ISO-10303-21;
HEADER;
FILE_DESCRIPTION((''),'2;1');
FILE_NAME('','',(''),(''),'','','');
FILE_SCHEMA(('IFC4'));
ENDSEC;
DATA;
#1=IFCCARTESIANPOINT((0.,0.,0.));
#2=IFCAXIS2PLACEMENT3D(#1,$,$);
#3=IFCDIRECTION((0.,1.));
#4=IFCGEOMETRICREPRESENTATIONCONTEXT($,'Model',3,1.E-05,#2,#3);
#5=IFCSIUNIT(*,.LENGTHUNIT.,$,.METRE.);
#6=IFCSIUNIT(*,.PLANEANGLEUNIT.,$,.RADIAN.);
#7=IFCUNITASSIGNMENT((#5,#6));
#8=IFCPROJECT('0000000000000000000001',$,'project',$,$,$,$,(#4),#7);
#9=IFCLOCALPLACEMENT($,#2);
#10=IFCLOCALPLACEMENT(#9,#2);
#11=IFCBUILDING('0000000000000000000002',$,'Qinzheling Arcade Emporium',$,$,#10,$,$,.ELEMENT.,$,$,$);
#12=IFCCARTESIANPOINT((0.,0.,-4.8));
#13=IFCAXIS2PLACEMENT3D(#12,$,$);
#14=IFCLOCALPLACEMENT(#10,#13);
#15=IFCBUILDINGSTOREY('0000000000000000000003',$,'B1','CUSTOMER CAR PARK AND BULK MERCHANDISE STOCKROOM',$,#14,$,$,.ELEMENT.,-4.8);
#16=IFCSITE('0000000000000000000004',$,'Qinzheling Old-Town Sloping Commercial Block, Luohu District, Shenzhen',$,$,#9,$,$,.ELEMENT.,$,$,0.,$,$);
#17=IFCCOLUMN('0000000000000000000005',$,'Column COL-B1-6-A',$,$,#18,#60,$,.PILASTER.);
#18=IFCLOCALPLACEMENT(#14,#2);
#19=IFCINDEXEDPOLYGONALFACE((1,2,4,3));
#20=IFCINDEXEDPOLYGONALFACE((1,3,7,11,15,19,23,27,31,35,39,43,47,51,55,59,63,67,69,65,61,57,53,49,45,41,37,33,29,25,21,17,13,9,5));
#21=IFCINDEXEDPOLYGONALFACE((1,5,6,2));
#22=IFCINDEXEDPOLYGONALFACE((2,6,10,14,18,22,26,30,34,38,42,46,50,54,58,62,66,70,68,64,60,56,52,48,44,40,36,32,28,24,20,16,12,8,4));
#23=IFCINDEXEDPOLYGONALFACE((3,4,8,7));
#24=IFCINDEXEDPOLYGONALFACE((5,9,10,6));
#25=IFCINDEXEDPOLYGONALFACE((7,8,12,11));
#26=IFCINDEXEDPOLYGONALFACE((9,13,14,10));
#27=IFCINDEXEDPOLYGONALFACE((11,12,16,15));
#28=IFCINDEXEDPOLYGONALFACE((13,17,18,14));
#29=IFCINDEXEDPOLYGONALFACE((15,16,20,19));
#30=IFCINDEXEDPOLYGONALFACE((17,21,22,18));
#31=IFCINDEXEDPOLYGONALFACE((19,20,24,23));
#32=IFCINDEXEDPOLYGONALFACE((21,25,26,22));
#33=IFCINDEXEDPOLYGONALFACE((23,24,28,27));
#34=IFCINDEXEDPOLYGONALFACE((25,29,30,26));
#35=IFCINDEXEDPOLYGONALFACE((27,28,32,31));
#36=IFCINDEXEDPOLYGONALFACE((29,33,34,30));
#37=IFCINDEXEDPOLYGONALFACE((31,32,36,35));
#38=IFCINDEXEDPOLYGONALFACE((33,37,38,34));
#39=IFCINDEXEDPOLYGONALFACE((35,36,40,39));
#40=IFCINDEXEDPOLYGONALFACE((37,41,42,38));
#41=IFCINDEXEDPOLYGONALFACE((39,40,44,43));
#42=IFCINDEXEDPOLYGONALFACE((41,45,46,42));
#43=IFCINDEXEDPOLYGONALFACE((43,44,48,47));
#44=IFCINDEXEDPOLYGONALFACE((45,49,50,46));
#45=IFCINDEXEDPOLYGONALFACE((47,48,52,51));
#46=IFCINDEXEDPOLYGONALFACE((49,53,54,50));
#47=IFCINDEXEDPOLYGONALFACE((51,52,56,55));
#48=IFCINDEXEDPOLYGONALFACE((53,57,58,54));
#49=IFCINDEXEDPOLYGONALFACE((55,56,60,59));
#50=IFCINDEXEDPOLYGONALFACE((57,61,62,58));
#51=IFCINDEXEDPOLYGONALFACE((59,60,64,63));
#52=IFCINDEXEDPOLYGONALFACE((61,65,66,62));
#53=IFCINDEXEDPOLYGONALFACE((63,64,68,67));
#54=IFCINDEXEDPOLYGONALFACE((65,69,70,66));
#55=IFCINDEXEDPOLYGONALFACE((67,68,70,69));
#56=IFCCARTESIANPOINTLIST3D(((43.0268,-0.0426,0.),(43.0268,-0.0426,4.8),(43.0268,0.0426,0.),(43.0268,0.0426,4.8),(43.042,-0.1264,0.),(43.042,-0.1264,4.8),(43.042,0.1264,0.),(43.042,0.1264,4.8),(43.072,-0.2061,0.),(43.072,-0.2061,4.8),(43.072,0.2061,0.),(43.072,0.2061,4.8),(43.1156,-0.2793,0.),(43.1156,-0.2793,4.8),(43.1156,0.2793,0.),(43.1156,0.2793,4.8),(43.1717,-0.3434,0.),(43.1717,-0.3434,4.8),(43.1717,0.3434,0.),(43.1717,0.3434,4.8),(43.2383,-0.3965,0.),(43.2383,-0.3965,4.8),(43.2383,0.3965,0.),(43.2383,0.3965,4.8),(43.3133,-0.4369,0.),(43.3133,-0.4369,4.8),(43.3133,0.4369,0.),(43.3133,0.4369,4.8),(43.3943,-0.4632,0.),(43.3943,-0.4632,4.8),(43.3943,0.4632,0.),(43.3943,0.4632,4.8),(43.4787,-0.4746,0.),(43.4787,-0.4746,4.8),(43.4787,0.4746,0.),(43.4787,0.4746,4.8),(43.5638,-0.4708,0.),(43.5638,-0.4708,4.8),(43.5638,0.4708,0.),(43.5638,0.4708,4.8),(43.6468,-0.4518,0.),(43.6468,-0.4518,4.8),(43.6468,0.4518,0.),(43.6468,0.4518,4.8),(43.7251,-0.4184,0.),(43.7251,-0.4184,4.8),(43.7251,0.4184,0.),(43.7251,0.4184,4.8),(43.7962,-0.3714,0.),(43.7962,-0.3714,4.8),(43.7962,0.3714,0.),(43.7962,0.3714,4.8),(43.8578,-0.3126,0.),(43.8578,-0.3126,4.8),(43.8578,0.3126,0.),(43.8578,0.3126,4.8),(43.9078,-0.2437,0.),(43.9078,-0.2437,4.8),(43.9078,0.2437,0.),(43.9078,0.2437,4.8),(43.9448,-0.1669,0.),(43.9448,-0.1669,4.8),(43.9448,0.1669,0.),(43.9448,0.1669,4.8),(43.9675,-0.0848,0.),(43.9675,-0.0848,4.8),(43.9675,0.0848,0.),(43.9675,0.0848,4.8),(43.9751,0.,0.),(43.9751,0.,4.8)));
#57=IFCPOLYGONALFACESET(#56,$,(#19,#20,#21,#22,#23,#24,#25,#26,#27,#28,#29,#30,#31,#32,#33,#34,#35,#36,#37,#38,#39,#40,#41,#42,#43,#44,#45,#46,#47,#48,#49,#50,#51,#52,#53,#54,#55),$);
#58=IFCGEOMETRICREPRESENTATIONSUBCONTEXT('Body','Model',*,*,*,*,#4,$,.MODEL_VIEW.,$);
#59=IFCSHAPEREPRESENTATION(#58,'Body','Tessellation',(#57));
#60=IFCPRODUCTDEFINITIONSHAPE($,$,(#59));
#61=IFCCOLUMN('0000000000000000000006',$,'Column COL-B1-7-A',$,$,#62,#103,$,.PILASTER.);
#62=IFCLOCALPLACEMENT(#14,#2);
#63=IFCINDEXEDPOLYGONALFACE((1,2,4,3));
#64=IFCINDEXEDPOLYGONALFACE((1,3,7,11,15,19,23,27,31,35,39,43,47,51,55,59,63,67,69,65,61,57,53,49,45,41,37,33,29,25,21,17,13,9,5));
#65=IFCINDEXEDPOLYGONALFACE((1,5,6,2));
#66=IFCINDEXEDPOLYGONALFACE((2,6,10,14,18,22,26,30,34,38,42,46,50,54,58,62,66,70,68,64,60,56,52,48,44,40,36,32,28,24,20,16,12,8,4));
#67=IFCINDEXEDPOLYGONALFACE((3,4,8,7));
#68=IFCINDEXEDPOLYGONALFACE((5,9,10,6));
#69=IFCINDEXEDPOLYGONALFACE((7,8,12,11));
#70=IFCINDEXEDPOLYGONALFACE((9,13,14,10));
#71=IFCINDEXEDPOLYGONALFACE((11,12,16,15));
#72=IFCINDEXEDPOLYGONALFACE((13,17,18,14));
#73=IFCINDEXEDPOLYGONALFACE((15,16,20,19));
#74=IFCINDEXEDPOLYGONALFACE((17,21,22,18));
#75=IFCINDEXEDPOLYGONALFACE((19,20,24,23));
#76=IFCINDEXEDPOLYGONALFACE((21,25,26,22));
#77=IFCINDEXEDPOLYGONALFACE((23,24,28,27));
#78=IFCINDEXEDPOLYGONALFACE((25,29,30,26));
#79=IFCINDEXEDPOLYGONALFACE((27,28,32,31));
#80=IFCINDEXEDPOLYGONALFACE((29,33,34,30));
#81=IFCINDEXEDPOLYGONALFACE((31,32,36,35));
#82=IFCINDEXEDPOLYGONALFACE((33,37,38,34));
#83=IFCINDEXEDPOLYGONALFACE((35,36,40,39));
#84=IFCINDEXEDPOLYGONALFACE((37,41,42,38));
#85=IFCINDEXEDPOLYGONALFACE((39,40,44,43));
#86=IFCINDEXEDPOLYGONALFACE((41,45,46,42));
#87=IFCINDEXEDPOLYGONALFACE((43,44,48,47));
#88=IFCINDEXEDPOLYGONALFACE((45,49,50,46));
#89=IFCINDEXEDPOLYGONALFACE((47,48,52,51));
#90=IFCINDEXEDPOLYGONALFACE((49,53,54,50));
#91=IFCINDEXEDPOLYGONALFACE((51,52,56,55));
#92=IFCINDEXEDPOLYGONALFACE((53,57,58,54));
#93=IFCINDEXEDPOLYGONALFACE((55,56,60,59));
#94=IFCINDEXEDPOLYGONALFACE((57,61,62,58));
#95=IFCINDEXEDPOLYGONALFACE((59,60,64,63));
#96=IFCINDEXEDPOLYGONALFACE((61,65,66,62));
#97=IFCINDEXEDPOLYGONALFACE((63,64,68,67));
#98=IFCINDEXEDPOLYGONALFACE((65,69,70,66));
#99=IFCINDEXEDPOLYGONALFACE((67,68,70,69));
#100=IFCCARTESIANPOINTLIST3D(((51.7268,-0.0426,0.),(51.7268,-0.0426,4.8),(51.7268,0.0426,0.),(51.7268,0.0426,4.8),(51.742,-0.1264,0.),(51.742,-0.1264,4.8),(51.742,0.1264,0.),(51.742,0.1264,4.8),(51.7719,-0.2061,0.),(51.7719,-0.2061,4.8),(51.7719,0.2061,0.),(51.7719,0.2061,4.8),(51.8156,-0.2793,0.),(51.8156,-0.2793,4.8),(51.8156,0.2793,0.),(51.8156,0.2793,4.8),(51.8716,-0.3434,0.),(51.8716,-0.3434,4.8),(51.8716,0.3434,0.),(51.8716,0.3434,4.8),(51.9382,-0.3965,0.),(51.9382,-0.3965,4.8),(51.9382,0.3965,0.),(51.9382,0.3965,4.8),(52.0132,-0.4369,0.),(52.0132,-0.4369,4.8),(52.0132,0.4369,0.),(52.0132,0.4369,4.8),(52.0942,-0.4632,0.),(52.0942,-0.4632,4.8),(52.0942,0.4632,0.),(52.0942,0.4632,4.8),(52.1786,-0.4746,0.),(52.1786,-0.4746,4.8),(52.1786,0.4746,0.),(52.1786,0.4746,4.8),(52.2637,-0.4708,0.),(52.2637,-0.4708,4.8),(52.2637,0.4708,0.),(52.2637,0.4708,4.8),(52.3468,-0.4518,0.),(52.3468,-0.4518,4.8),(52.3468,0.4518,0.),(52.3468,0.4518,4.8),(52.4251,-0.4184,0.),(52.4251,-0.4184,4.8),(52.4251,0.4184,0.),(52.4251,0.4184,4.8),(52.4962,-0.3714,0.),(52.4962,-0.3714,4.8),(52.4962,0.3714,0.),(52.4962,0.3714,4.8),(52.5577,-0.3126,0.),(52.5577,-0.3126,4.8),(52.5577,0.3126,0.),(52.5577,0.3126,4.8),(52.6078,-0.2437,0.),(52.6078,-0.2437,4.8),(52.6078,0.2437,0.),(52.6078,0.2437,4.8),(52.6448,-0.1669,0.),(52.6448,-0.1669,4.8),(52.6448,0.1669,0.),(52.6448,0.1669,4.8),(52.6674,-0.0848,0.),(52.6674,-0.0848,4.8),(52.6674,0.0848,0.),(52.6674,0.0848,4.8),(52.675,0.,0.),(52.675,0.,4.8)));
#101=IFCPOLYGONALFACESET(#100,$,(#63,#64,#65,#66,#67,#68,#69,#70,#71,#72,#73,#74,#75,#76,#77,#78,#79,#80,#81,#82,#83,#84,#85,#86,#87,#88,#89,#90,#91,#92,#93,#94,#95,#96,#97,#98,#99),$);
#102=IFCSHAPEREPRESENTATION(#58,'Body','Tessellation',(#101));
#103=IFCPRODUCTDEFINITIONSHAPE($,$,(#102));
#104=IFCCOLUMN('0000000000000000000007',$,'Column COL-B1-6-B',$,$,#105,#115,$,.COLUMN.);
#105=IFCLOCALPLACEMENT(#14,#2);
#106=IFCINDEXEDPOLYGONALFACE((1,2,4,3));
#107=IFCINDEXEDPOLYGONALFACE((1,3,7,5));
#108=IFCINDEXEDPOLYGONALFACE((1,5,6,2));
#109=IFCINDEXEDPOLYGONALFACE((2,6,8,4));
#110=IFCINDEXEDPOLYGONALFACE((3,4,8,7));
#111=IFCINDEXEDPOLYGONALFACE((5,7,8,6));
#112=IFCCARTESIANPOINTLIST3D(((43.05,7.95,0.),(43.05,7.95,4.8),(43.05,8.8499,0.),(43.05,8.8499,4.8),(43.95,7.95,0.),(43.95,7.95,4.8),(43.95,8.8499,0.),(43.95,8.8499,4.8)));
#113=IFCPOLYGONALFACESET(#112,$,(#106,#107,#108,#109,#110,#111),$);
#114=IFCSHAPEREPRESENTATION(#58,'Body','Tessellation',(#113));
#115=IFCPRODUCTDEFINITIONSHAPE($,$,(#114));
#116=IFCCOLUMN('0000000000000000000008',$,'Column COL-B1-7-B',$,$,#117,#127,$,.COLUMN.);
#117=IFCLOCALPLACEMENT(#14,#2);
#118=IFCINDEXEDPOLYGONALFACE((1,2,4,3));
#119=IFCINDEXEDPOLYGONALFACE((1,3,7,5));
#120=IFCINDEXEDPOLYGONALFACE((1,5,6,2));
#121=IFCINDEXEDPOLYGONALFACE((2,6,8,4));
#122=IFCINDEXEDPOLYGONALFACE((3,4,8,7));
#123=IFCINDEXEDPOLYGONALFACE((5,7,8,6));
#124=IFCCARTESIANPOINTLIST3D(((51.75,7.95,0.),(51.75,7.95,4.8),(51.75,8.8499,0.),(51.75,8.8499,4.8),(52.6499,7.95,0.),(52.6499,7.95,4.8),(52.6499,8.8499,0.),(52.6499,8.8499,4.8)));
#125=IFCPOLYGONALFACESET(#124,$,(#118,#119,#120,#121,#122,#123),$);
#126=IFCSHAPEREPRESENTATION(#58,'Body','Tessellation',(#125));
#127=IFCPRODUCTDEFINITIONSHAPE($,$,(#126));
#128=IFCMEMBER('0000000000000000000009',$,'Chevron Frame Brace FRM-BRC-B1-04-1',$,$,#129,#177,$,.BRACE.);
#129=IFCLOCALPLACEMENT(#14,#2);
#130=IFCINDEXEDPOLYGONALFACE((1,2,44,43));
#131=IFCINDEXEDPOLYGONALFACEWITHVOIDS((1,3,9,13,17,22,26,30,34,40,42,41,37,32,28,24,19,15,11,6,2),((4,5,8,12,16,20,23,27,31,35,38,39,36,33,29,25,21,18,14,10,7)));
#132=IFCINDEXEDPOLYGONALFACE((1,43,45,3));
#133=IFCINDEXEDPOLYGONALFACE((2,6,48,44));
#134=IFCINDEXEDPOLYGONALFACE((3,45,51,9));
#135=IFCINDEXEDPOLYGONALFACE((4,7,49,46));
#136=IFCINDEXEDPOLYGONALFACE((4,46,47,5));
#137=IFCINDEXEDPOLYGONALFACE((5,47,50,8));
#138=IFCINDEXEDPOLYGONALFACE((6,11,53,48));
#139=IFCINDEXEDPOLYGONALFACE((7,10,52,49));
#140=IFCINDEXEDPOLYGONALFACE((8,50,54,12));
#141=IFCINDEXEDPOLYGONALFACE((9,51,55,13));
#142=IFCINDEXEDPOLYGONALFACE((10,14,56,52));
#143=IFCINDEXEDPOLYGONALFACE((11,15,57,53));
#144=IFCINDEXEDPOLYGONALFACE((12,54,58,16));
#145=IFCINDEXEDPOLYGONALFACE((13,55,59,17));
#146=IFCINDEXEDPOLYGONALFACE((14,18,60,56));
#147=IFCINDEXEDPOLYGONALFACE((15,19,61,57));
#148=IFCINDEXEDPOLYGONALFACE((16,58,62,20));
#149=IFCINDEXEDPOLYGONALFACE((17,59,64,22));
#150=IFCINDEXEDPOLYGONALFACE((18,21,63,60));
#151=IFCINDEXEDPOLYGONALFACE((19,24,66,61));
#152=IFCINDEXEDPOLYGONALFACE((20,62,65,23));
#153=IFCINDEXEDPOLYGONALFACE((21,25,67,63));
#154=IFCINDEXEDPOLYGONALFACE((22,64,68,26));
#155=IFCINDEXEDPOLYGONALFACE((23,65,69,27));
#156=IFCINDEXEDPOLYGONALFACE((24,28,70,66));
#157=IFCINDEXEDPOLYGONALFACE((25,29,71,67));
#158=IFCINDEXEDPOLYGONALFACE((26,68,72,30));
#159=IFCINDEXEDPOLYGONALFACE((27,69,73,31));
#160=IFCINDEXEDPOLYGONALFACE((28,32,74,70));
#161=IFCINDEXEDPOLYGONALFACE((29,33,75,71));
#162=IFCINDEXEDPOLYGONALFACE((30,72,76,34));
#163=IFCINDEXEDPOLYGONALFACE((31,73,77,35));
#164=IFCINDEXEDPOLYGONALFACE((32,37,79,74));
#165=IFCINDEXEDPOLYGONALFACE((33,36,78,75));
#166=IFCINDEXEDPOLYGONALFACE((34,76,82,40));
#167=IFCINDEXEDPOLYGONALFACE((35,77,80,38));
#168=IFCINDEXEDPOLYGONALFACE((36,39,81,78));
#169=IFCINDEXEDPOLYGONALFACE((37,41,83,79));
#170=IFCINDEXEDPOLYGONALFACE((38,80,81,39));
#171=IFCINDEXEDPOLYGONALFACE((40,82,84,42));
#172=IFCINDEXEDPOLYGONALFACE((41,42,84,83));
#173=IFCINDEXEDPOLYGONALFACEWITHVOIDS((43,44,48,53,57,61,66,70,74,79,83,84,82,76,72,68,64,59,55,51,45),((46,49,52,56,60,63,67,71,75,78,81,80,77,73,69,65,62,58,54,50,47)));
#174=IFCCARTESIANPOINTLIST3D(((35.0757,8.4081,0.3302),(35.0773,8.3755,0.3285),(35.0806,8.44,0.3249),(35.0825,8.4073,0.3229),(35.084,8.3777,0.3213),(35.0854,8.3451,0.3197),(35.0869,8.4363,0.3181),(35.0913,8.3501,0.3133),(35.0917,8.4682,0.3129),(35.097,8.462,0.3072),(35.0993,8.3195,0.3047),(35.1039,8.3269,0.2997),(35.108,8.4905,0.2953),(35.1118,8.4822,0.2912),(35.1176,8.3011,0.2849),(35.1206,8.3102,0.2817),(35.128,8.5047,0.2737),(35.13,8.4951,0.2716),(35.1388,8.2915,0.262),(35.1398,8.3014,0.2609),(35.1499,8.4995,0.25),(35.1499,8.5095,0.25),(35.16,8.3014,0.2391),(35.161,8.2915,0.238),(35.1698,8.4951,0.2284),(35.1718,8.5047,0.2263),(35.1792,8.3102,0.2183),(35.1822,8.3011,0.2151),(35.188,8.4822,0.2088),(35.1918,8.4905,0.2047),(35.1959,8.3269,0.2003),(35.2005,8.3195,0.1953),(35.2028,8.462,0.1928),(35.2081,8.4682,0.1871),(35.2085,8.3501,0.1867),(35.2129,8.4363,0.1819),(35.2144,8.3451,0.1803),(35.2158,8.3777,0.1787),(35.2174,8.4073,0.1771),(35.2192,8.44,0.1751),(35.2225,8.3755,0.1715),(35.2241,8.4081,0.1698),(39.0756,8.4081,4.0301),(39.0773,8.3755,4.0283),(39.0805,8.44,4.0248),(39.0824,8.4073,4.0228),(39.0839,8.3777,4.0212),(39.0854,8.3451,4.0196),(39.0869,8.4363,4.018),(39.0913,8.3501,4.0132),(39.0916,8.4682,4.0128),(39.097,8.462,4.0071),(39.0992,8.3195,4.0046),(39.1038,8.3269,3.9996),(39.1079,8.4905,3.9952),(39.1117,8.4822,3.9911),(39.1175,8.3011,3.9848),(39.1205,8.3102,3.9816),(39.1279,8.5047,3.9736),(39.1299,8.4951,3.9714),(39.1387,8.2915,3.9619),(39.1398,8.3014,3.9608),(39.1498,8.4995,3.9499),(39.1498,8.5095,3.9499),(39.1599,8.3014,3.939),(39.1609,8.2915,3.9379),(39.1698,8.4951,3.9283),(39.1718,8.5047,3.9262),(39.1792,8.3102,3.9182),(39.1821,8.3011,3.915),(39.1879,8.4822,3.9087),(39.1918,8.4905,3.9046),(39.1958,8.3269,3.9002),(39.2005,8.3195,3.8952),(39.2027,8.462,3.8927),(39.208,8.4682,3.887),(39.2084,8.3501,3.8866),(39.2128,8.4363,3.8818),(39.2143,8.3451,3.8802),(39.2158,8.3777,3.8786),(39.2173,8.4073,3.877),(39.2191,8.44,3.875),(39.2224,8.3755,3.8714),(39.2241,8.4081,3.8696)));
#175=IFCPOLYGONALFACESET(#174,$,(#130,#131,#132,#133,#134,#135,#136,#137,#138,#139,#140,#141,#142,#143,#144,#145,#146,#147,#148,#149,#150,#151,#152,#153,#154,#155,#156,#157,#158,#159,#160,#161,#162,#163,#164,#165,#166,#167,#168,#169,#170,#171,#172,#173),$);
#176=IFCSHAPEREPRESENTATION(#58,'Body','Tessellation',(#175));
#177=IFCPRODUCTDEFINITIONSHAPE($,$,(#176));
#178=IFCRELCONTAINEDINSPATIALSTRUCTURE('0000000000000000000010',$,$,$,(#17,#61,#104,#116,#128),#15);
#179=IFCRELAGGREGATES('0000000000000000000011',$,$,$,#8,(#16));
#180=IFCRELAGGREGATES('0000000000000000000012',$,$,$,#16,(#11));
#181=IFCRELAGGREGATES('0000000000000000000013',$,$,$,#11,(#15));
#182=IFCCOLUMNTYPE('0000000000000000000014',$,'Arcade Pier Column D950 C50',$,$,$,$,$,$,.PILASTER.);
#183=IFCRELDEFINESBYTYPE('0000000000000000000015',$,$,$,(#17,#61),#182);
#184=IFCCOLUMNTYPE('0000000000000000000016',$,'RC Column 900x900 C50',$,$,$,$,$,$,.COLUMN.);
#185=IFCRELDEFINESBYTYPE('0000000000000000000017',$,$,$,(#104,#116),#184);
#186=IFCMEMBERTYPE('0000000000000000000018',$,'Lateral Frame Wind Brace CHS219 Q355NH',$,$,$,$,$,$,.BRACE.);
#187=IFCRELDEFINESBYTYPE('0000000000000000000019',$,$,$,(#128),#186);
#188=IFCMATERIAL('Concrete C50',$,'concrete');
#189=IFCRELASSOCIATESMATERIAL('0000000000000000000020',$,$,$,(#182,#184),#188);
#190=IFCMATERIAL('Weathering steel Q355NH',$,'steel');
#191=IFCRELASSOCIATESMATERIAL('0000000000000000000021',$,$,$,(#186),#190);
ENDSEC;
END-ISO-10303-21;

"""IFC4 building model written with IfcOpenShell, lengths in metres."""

from ifc_helpers import new_model, si_unit, direction, frame, origin, origin_2d, place, context, subcontext, project, spatial, rectangle, circle, hollow_circle, extrude, material, material_profile, profile_set, type_object, element, save


model = new_model("IFC4")

# Units and contexts
model_context = context("Model", 3, precision=1e-05, world=origin(), true_north=direction((0.0, 1.0)))
body_context = subcontext(model_context, "Body", "Model", "MODEL_VIEW")
ifc_project = project(units=[si_unit("LENGTHUNIT", "METRE"), si_unit("PLANEANGLEUNIT", "RADIAN")], contexts=[model_context])

# Site, building, storey
site_placement = place(None, origin())
site = spatial("IfcSite", under=ifc_project, at=site_placement, Name="Qinzheling Old-Town Sloping Commercial Block, Luohu District, Shenzhen", CompositionType="ELEMENT", RefElevation=0.0)
building_placement = place(site_placement, origin())
building = spatial("IfcBuilding", under=site, at=building_placement, Name="Qinzheling Arcade Emporium", CompositionType="ELEMENT")
storey_placement = place(building_placement, frame((0.0, 0.0, -4.8)))
storey = spatial("IfcBuildingStorey", under=building, at=storey_placement, Name="B1", Description="CUSTOMER CAR PARK AND BULK MERCHANDISE STOCKROOM", CompositionType="ELEMENT", Elevation=-4.8)

# Columns
ifc_material_1 = material(Name="Concrete C50", Category="concrete")
ifc_material_profile_1 = material_profile(ifc_material_1, circle(Radius=0.4751, at=origin_2d()), Name="RC D950", Category="concrete")
ifc_profile_set_1 = profile_set([ifc_material_profile_1], Name="Concrete C50")
column_type_1 = type_object("IfcColumnType", Name="Arcade Pier Column D950 C50", PredefinedType="PILASTER", material=ifc_profile_set_1)
for number, where, z_axis, x_axis, name in (
    (1, (43.5, 0.0, 0.0), (0.0, 0.0, 1.0), (1.0, 0.0, 0.0), "Column COL-B1-6-A"),
    (2, (52.2, 0.0, 0.0), (0.0, 0.0, 1.0), (1.0, 0.0, 0.0), "Column COL-B1-7-A"),
):
    element("IfcColumn", number, at=place(storey_placement, frame(where, z_axis=z_axis, x_axis=x_axis)), inside=storey, type_object=column_type_1, Name=name, PredefinedType="PILASTER", context=body_context, shape_type="SweptSolid", body=[
        extrude(circle(Radius=0.4751, at=origin_2d()), origin(), (0.0, 0.0, 1.0), 4.8),
    ])
ifc_material_profile_2 = material_profile(ifc_material_1, rectangle(XDim=0.8999, YDim=0.8999, at=origin_2d()), Name="RC 900x900", Category="concrete")
ifc_profile_set_2 = profile_set([ifc_material_profile_2], Name="Concrete C50")
column_type_2 = type_object("IfcColumnType", Name="RC Column 900x900 C50", PredefinedType="COLUMN", material=ifc_profile_set_2)
for number, where, z_axis, x_axis, name in (
    (3, (43.5, 8.3999, 0.0), (0.0, 0.0, 1.0), (1.0, 0.0, 0.0), "Column COL-B1-6-B"),
    (4, (52.2, 8.3999, 0.0), (0.0, 0.0, 1.0), (1.0, 0.0, 0.0), "Column COL-B1-7-B"),
):
    element("IfcColumn", number, at=place(storey_placement, frame(where, z_axis=z_axis, x_axis=x_axis)), inside=storey, type_object=column_type_2, Name=name, PredefinedType="COLUMN", context=body_context, shape_type="SweptSolid", body=[
        extrude(rectangle(XDim=0.8999, YDim=0.8999, at=origin_2d()), origin(), (0.0, 0.0, 1.0), 4.8),
    ])

# Member
ifc_material_2 = material(Name="Weathering steel Q355NH", Category="steel")
ifc_material_profile_3 = material_profile(ifc_material_2, hollow_circle(Radius=0.1096, WallThickness=0.01, at=origin_2d()), Name="CHS 219x10", Category="steel")
ifc_profile_set_3 = profile_set([ifc_material_profile_3], Name="Weathering steel Q355NH")
member_type_1 = type_object("IfcMemberType", Name="Lateral Frame Wind Brace CHS219 Q355NH", PredefinedType="BRACE", material=ifc_profile_set_3)
for number, where, z_axis, x_axis, name in (
    (5, (35.1499, 8.3999, 0.25), (0.734104, 0.0, 0.679037), (0.0, 1.0, 0.0), "Chevron Frame Brace FRM-BRC-B1-04-1"),
):
    element("IfcMember", number, at=place(storey_placement, frame(where, z_axis=z_axis, x_axis=x_axis)), inside=storey, type_object=member_type_1, Name=name, PredefinedType="BRACE", context=body_context, shape_type="SweptSolid", body=[
        extrude(hollow_circle(Radius=0.1096, WallThickness=0.01, at=origin_2d()), origin(), (0.0, 0.0, 1.0), 5.4487),
    ])

save(model, "model.ifc")
